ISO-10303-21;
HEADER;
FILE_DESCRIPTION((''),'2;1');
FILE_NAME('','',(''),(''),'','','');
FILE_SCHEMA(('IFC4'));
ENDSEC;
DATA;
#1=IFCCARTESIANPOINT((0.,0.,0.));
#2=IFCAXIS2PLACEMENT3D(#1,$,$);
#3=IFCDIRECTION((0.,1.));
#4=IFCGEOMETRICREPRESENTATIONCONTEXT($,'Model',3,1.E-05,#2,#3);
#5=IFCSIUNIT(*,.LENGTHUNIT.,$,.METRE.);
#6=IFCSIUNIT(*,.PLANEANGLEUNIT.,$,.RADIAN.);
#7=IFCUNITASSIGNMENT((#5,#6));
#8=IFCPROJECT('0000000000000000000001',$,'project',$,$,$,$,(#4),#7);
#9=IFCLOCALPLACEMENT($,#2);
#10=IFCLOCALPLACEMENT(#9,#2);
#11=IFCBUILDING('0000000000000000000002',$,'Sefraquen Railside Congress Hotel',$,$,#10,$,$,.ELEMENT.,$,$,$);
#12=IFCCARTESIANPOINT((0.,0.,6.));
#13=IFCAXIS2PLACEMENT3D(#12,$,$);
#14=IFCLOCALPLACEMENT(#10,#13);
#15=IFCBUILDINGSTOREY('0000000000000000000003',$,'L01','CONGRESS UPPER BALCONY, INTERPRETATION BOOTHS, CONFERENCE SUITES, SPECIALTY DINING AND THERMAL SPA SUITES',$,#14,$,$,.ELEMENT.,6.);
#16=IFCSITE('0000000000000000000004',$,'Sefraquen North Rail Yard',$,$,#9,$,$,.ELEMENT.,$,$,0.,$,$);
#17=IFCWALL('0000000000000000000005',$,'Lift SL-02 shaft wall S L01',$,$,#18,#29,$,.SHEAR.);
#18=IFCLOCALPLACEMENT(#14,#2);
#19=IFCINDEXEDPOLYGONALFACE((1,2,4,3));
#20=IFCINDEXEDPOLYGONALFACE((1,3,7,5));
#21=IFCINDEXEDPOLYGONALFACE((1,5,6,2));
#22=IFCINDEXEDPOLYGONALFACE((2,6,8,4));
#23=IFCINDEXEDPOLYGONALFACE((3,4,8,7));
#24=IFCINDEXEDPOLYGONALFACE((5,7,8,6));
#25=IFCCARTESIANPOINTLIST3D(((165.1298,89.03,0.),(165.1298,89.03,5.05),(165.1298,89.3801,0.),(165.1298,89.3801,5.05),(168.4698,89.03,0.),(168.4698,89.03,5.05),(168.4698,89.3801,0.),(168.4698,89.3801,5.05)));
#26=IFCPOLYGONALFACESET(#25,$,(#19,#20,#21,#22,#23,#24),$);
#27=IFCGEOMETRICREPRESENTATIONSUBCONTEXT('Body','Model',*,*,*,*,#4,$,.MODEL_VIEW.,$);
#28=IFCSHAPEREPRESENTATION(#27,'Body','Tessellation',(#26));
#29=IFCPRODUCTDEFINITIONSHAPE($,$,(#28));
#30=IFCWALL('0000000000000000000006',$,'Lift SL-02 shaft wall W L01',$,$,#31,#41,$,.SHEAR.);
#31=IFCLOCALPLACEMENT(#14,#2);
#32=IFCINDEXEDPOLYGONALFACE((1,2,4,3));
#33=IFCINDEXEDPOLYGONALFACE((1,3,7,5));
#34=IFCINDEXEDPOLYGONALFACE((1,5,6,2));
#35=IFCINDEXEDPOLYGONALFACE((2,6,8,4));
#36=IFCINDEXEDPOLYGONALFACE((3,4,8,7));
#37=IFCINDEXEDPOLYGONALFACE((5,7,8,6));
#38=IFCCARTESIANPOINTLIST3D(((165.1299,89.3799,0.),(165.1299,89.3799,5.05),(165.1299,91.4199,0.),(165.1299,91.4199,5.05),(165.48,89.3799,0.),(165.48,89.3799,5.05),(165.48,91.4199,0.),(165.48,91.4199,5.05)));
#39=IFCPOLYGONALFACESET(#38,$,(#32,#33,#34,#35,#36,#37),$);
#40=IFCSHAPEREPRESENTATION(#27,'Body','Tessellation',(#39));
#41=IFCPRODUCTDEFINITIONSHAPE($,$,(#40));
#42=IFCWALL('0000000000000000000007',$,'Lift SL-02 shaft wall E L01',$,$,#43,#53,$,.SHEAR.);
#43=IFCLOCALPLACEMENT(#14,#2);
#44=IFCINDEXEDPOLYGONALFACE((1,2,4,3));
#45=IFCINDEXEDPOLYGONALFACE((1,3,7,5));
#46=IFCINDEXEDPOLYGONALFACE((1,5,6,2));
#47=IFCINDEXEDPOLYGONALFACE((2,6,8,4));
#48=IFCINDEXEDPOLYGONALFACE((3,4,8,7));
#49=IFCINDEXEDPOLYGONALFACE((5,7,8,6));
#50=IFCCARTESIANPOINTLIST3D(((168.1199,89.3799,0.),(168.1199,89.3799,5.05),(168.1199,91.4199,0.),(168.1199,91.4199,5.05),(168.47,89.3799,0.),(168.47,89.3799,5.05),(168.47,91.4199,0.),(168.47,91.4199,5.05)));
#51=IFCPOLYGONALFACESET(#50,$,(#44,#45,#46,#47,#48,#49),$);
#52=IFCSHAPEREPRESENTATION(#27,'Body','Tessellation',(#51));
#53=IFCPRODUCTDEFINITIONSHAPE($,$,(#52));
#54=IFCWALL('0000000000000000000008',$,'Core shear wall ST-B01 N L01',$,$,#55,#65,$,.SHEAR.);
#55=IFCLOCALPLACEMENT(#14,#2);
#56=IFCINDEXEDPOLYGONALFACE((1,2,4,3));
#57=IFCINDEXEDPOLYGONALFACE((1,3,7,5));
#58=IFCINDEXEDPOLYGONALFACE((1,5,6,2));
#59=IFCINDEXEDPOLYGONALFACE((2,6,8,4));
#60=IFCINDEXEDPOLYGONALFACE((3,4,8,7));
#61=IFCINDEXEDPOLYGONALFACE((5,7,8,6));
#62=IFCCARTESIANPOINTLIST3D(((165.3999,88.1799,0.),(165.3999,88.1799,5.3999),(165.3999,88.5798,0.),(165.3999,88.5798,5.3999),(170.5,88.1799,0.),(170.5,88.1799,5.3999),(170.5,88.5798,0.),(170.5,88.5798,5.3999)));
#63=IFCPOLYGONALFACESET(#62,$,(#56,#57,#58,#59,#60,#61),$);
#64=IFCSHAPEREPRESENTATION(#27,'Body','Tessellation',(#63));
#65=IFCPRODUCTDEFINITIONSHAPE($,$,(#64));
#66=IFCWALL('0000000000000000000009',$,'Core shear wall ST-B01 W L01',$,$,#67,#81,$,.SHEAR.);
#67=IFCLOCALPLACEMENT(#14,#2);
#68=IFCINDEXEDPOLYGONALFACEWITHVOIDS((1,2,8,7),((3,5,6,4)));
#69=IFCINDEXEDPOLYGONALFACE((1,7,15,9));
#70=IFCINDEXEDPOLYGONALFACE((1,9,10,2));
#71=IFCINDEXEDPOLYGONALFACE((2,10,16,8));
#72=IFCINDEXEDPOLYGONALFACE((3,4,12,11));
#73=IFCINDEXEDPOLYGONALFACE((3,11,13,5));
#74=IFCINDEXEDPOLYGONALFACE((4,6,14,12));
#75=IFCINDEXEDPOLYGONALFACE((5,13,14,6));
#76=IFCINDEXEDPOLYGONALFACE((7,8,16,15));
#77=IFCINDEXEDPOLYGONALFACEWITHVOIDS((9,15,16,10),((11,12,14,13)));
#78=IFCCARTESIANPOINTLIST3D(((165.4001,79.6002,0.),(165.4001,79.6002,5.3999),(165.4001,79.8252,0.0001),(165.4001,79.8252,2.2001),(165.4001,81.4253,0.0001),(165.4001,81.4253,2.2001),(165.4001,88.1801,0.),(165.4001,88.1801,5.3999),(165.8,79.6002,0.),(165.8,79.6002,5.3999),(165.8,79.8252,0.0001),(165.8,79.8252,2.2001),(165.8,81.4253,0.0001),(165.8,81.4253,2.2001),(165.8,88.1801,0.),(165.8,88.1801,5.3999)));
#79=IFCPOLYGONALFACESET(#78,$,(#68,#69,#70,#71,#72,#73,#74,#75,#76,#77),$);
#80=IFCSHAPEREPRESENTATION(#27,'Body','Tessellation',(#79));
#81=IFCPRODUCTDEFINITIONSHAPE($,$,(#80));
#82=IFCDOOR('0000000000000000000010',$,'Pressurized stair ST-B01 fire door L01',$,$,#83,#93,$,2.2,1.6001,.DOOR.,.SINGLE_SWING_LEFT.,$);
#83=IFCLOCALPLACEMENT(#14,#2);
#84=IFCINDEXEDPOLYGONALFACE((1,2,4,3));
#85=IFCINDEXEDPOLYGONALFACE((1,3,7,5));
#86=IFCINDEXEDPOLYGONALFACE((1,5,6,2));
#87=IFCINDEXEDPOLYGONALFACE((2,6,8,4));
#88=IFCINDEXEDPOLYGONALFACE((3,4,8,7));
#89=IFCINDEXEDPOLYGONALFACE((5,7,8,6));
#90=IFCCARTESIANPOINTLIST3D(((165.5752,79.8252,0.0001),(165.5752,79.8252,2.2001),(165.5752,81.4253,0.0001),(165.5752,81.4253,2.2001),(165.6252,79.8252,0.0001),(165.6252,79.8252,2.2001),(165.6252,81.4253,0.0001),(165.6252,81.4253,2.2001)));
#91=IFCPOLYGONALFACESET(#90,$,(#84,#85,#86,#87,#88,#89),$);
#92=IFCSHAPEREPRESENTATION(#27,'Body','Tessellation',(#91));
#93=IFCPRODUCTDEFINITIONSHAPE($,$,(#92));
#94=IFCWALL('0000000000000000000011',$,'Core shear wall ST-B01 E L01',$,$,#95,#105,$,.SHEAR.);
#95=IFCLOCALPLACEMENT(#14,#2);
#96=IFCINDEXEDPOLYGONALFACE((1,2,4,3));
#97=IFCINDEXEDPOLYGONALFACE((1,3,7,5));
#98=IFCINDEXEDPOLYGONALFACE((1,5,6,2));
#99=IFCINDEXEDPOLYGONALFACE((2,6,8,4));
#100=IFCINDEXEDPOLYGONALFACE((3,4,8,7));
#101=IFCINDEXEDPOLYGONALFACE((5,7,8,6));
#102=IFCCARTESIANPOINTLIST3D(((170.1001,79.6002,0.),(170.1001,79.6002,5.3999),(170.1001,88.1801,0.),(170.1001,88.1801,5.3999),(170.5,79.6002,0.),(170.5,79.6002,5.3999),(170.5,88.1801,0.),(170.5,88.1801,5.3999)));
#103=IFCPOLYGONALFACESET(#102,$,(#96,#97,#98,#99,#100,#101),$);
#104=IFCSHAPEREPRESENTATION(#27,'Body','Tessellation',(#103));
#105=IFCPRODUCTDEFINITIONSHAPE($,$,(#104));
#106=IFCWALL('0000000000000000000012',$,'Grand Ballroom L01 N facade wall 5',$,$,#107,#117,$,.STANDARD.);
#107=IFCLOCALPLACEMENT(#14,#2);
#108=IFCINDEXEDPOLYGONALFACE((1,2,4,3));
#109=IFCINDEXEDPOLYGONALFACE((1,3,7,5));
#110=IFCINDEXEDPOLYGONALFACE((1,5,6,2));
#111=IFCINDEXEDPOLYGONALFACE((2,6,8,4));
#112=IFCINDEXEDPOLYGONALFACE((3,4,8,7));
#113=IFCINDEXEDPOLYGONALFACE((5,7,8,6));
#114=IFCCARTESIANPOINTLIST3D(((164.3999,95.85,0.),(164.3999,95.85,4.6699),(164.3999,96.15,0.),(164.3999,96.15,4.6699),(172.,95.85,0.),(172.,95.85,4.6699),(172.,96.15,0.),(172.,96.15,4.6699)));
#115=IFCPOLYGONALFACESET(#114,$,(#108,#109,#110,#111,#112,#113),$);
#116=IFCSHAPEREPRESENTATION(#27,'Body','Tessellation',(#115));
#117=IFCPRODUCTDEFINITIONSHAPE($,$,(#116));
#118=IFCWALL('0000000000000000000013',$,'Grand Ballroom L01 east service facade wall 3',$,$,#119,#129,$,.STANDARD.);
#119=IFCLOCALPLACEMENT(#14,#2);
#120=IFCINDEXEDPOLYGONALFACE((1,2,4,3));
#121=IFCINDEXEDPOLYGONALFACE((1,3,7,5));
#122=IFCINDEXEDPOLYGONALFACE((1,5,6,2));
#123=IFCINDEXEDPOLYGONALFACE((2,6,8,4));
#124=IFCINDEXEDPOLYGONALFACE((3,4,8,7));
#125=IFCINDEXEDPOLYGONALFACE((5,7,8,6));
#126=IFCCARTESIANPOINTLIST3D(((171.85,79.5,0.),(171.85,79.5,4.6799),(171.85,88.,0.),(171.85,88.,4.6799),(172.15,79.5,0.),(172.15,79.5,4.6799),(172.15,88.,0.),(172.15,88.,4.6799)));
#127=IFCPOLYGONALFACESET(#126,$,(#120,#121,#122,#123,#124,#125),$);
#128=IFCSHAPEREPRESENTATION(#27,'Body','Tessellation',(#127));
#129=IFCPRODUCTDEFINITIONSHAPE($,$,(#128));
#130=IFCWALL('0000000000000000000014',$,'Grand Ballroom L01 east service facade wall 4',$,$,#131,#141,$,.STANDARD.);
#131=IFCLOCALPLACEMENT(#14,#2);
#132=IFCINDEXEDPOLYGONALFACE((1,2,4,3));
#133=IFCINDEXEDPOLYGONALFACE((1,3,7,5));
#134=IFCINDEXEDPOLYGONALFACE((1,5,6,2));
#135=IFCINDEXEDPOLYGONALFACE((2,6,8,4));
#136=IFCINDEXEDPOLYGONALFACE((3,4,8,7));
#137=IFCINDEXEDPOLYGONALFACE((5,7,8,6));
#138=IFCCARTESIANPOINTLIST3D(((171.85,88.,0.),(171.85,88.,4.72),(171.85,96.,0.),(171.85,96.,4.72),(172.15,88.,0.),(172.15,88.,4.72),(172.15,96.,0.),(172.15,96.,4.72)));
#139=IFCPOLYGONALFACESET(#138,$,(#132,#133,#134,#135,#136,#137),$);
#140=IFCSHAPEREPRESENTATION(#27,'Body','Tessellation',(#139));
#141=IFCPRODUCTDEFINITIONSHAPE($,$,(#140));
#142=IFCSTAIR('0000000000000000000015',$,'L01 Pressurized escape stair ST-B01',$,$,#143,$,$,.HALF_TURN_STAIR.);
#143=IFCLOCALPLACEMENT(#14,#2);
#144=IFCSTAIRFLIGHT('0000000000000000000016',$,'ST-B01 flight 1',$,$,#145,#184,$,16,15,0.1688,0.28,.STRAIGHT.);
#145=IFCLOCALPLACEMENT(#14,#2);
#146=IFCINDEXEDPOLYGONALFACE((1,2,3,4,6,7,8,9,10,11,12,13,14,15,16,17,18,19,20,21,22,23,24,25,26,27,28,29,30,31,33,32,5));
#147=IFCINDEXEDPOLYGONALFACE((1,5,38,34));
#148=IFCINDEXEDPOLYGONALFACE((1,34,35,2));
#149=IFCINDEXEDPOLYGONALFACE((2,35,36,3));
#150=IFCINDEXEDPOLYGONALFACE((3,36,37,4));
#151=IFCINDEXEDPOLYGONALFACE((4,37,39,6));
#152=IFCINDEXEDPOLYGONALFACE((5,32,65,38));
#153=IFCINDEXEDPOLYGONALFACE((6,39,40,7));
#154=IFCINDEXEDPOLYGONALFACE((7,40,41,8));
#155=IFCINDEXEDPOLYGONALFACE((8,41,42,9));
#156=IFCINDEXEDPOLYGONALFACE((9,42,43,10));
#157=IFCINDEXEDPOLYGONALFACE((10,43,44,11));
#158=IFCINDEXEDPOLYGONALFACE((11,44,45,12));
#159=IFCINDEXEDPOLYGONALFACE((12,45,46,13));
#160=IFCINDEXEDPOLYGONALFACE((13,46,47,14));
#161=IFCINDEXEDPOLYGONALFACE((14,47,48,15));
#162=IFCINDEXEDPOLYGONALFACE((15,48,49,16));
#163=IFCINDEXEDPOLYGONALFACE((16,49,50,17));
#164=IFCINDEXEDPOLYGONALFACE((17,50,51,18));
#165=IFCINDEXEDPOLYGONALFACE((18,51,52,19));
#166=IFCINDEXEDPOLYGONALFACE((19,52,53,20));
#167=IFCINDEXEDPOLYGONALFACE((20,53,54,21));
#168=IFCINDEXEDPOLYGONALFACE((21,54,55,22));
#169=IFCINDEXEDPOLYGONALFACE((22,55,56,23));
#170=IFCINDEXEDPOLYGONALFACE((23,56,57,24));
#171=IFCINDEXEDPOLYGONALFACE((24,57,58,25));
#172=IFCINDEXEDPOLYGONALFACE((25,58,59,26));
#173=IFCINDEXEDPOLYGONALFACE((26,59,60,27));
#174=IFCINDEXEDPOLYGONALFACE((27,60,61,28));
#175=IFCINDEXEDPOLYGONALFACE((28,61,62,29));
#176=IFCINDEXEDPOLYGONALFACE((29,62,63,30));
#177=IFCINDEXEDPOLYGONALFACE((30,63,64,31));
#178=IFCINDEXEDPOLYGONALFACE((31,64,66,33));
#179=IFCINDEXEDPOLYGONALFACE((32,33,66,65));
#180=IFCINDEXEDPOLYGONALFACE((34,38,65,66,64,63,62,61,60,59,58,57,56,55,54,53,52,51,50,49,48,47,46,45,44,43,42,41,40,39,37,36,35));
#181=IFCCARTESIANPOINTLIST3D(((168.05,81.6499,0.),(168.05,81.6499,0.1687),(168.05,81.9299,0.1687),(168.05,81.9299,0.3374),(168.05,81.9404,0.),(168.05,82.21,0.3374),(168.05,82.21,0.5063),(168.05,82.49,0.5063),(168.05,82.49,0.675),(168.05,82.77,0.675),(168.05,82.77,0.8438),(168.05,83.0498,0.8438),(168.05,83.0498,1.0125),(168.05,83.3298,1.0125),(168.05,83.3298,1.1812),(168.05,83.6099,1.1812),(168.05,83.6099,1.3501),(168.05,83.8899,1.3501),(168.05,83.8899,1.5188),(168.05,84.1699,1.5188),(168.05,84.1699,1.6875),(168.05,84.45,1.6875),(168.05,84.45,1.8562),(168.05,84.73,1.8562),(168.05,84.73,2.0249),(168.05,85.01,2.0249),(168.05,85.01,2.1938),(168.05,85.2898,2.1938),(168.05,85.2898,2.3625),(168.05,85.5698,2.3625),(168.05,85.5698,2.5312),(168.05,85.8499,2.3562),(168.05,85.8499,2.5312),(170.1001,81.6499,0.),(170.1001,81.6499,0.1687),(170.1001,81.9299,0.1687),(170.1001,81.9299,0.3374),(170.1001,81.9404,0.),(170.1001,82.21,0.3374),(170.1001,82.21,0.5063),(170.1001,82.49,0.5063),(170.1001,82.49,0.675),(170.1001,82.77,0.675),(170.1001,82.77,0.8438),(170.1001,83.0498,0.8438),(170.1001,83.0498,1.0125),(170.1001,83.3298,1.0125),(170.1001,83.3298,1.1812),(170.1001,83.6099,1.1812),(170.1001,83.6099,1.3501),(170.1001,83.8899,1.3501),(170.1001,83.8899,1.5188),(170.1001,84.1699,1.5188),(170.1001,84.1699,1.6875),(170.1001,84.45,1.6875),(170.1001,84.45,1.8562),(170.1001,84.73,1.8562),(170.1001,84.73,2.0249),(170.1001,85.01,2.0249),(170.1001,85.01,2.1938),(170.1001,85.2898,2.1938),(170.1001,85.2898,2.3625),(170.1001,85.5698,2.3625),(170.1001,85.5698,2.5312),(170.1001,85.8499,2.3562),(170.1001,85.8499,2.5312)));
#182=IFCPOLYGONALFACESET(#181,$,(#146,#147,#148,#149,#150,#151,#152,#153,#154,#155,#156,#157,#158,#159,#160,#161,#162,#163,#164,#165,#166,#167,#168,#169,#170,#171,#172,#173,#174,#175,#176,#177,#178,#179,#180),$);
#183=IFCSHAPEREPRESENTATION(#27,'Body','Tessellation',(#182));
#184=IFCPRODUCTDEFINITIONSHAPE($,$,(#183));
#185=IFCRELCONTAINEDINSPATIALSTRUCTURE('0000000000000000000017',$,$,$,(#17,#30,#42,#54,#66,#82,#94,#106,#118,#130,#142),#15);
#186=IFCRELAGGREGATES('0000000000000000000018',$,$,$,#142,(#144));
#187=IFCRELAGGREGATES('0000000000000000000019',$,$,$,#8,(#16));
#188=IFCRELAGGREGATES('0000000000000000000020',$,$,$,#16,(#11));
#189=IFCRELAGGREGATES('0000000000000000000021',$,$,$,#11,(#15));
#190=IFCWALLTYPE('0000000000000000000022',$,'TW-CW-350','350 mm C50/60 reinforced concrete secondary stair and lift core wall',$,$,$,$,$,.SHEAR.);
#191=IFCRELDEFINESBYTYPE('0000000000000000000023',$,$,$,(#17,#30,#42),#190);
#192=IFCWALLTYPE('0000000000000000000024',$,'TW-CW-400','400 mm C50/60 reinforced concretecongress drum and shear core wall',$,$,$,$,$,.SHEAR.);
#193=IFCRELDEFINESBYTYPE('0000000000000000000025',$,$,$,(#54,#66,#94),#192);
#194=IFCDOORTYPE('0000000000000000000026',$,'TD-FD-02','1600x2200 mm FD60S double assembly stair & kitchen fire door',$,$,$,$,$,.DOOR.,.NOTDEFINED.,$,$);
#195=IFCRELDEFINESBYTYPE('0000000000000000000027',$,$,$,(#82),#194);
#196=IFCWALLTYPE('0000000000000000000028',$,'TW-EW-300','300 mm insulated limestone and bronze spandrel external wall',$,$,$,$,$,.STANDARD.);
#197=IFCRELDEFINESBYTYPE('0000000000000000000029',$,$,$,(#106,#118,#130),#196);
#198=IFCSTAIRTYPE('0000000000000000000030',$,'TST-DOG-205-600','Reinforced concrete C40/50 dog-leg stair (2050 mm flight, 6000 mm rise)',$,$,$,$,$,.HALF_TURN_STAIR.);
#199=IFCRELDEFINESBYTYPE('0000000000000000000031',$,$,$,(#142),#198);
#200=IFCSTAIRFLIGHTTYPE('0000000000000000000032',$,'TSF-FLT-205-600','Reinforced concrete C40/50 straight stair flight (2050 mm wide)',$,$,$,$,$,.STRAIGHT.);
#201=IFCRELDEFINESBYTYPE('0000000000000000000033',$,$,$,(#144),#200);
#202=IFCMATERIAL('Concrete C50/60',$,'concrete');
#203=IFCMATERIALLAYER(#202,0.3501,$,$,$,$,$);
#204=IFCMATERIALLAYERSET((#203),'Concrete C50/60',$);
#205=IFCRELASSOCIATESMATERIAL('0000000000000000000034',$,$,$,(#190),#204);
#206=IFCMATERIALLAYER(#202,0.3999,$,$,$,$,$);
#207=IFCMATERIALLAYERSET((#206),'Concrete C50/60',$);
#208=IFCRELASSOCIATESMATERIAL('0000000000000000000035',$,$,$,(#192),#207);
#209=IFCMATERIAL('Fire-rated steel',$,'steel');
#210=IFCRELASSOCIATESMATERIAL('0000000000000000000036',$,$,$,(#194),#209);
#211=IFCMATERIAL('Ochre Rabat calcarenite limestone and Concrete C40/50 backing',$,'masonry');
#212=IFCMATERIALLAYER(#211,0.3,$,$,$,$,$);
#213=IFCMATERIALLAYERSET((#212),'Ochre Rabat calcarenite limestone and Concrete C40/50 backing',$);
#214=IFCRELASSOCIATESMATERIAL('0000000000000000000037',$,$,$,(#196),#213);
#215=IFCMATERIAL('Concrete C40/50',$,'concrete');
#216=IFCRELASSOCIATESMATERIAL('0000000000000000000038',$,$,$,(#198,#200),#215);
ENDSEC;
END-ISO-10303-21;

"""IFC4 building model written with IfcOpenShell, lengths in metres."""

from ifc_helpers import new_model, si_unit, direction, frame, frame_2d, origin, place, context, subcontext, project, spatial, polyline, rectangle, outline, extrude, material, layer, layer_set, type_object, element, fill, aggregate, save


model = new_model("IFC4")

# Units and contexts
model_context = context("Model", 3, precision=1e-05, world=origin(), true_north=direction((0.0, 1.0)))
body_context = subcontext(model_context, "Body", "Model", "MODEL_VIEW")
ifc_project = project(units=[si_unit("LENGTHUNIT", "METRE"), si_unit("PLANEANGLEUNIT", "RADIAN")], contexts=[model_context])

# Site, building, storey
site_placement = place(None, origin())
site = spatial("IfcSite", under=ifc_project, at=site_placement, Name="Sefraquen North Rail Yard", CompositionType="ELEMENT", RefElevation=0.0)
building_placement = place(site_placement, origin())
building = spatial("IfcBuilding", under=site, at=building_placement, Name="Sefraquen Railside Congress Hotel", CompositionType="ELEMENT")
storey_placement = place(building_placement, frame((0.0, 0.0, 6.0)))
storey = spatial("IfcBuildingStorey", under=building, at=storey_placement, Name="L01", Description="CONGRESS UPPER BALCONY, INTERPRETATION BOOTHS, CONFERENCE SUITES, SPECIALTY DINING AND THERMAL SPA SUITES", CompositionType="ELEMENT", Elevation=6.0)

# Shared definitions
ifc_material_1 = material(Name="Concrete C50/60", Category="concrete")
ifc_layer_1 = layer(ifc_material_1, 0.3501)
ifc_layer_set_1 = layer_set([ifc_layer_1], Name="Concrete C50/60")
wall_type_1 = type_object("IfcWallType", Name="TW-CW-350", Description="350 mm C50/60 reinforced concrete secondary stair and lift core wall", PredefinedType="SHEAR", material=ifc_layer_set_1)

# Walls
wall_1_placement = place(storey_placement, frame((165.1299, 89.2051, 0.0), z_axis=(0.0, 0.0, 1.0), x_axis=(1.0, 0.0, 0.0)))
element("IfcWall", 1, at=wall_1_placement, inside=storey, type_object=wall_type_1, Name="Lift SL-02 shaft wall S L01", PredefinedType="SHEAR", context=body_context, shape_type="SweptSolid", body=[
    extrude(rectangle(XDim=3.3401, YDim=0.3501, at=frame_2d((1.6699, 0.0))), origin(), (0.0, 0.0, 1.0), 5.05),
])
for number, where, z_axis, x_axis, name in (
    (2, (165.3049, 89.3799, 0.0), (0.0, 0.0, 1.0), (0.0, 1.0, 0.0), "Lift SL-02 shaft wall W L01"),
    (3, (168.2949, 89.3799, 0.0), (0.0, 0.0, 1.0), (0.0, 1.0, 0.0), "Lift SL-02 shaft wall E L01"),
):
    element("IfcWall", number, at=place(storey_placement, frame(where, z_axis=z_axis, x_axis=x_axis)), inside=storey, type_object=wall_type_1, Name=name, PredefinedType="SHEAR", context=body_context, shape_type="SweptSolid", body=[
        extrude(rectangle(XDim=2.04, YDim=0.3501, at=frame_2d((1.02, 0.0))), origin(), (0.0, 0.0, 1.0), 5.05),
    ])
ifc_layer_2 = layer(ifc_material_1, 0.3999)
ifc_layer_set_2 = layer_set([ifc_layer_2], Name="Concrete C50/60")
wall_type_2 = type_object("IfcWallType", Name="TW-CW-400", Description="400 mm C50/60 reinforced concretecongress drum and shear core wall", PredefinedType="SHEAR", material=ifc_layer_set_2)
wall_2_placement = place(storey_placement, frame((165.3999, 88.3799, 0.0), z_axis=(0.0, 0.0, 1.0), x_axis=(1.0, 0.0, 0.0)))
element("IfcWall", 4, at=wall_2_placement, inside=storey, type_object=wall_type_2, Name="Core shear wall ST-B01 N L01", PredefinedType="SHEAR", context=body_context, shape_type="SweptSolid", body=[
    extrude(rectangle(XDim=5.1001, YDim=0.3999, at=frame_2d((2.55, 0.0))), origin(), (0.0, 0.0, 1.0), 5.3999),
])

# Wall, opening, door
wall_3_placement = place(storey_placement, frame((165.6001, 79.6001, 0.0), z_axis=(0.0, 0.0, 1.0), x_axis=(0.0, 1.0, 0.0)))
wall_3 = element("IfcWall", 5, at=wall_3_placement, inside=storey, type_object=wall_type_2, Name="Core shear wall ST-B01 W L01", PredefinedType="SHEAR", context=body_context, shape_type="SweptSolid", body=[
    extrude(rectangle(XDim=8.5798, YDim=0.3999, at=frame_2d((4.29, 0.0))), origin(), (0.0, 0.0, 1.0), 5.3999),
])
opening_1_placement = place(wall_3_placement, frame((0.2251, 0.0, 0.0)))
opening_1 = element("IfcOpeningElement", 6, at=opening_1_placement, cuts=wall_3, PredefinedType="OPENING", context=body_context, shape_type="SweptSolid", body=[
    extrude(rectangle(XDim=1.6001, YDim=2.2, at=frame_2d((0.8, 1.1001))), frame((0.0, 0.21, 0.0), z_axis=(0.0, -1.0, 0.0), x_axis=(1.0, 0.0, 0.0)), (0.0, 0.0, 1.0), 0.4199),
])
ifc_material_2 = material(Name="Fire-rated steel", Category="steel")
door_type_1 = type_object("IfcDoorType", Name="TD-FD-02", Description="1600x2200 mm FD60S double assembly stair & kitchen fire door", OperationType="NOTDEFINED", PredefinedType="DOOR", material=ifc_material_2)
door_1_placement = place(opening_1_placement, origin())
door_1 = element("IfcDoor", 7, at=door_1_placement, inside=storey, type_object=door_type_1, Name="Pressurized stair ST-B01 fire door L01", OperationType="SINGLE_SWING_LEFT", OverallHeight=2.2, OverallWidth=1.6001, PredefinedType="DOOR", context=body_context, shape_type="SweptSolid", body=[
    extrude(rectangle(XDim=1.6001, YDim=2.2, at=frame_2d((0.8, 1.1001))), frame((0.0, 0.0249, 0.0), z_axis=(0.0, -1.0, 0.0), x_axis=(1.0, 0.0, 0.0)), (0.0, 0.0, 1.0), 0.05),
])
fill(opening_1, door_1)

# Walls
wall_4_placement = place(storey_placement, frame((170.3, 79.6001, 0.0), z_axis=(0.0, 0.0, 1.0), x_axis=(0.0, 1.0, 0.0)))
element("IfcWall", 8, at=wall_4_placement, inside=storey, type_object=wall_type_2, Name="Core shear wall ST-B01 E L01", PredefinedType="SHEAR", context=body_context, shape_type="SweptSolid", body=[
    extrude(rectangle(XDim=8.5798, YDim=0.3999, at=frame_2d((4.29, 0.0))), origin(), (0.0, 0.0, 1.0), 5.3999),
])
ifc_material_3 = material(Name="Ochre Rabat calcarenite limestone and Concrete C40/50 backing", Category="masonry")
ifc_layer_3 = layer(ifc_material_3, 0.3)
ifc_layer_set_3 = layer_set([ifc_layer_3], Name="Ochre Rabat calcarenite limestone and Concrete C40/50 backing")
wall_type_3 = type_object("IfcWallType", Name="TW-EW-300", Description="300 mm insulated limestone and bronze spandrel external wall", PredefinedType="STANDARD", material=ifc_layer_set_3)
wall_5_placement = place(storey_placement, frame((164.3999, 96.0, 0.0), z_axis=(0.0, 0.0, 1.0), x_axis=(1.0, 0.0, 0.0)))
element("IfcWall", 9, at=wall_5_placement, inside=storey, type_object=wall_type_3, Name="Grand Ballroom L01 N facade wall 5", PredefinedType="STANDARD", context=body_context, shape_type="SweptSolid", body=[
    extrude(rectangle(XDim=7.6001, YDim=0.3, at=frame_2d((3.8, 0.0))), origin(), (0.0, 0.0, 1.0), 4.6699),
])
wall_6_placement = place(storey_placement, frame((172.0, 79.5, 0.0), z_axis=(0.0, 0.0, 1.0), x_axis=(0.0, 1.0, 0.0)))
element("IfcWall", 10, at=wall_6_placement, inside=storey, type_object=wall_type_3, Name="Grand Ballroom L01 east service facade wall 3", PredefinedType="STANDARD", context=body_context, shape_type="SweptSolid", body=[
    extrude(rectangle(XDim=8.5, YDim=0.3, at=frame_2d((4.25, 0.0))), origin(), (0.0, 0.0, 1.0), 4.6799),
])
wall_7_placement = place(storey_placement, frame((172.0, 88.0, 0.0), z_axis=(0.0, 0.0, 1.0), x_axis=(0.0, 1.0, 0.0)))
element("IfcWall", 11, at=wall_7_placement, inside=storey, type_object=wall_type_3, Name="Grand Ballroom L01 east service facade wall 4", PredefinedType="STANDARD", context=body_context, shape_type="SweptSolid", body=[
    extrude(rectangle(XDim=8.0, YDim=0.3, at=frame_2d((4.0, 0.0))), origin(), (0.0, 0.0, 1.0), 4.72),
])

# Stair, stair flight
ifc_material_4 = material(Name="Concrete C40/50", Category="concrete")
stair_type = type_object("IfcStairType", Name="TST-DOG-205-600", Description="Reinforced concrete C40/50 dog-leg stair (2050 mm flight, 6000 mm rise)", PredefinedType="HALF_TURN_STAIR", material=ifc_material_4)
stair_placement = place(storey_placement, origin())
stair = element("IfcStair", 12, at=stair_placement, inside=storey, type_object=stair_type, Name="L01 Pressurized escape stair ST-B01", PredefinedType="HALF_TURN_STAIR")
stair_flight_type = type_object("IfcStairFlightType", Name="TSF-FLT-205-600", Description="Reinforced concrete C40/50 straight stair flight (2050 mm wide)", PredefinedType="STRAIGHT", material=ifc_material_4)
stair_flight_1_placement = place(storey_placement, frame((169.075, 81.6499, 0.0), z_axis=(0.0, 0.0, 1.0), x_axis=(0.0, 1.0, 0.0)))
stair_flight_1 = element("IfcStairFlight", 13, at=stair_flight_1_placement, type_object=stair_flight_type, Name="ST-B01 flight 1", NumberOfRisers=16, NumberOfTreads=15, PredefinedType="STRAIGHT", RiserHeight=0.1688, TreadLength=0.28, context=body_context, shape_type="SweptSolid", body=[
    extrude(outline(polyline([(0.0, 0.0), (0.0, 0.1687), (0.28, 0.1687), (0.28, 0.3374), (0.5601, 0.3374), (0.5601, 0.5063), (0.8401, 0.5063), (0.8401, 0.675), (1.1201, 0.675), (1.1201, 0.8438), (1.3999, 0.8438), (1.3999, 1.0125), (1.6799, 1.0125), (1.6799, 1.1812), (1.96, 1.1812), (1.96, 1.3501), (2.24, 1.3501), (2.24, 1.5188), (2.52, 1.5188), (2.52, 1.6875), (2.8, 1.6875), (2.8, 1.8562), (3.0801, 1.8562), (3.0801, 2.0249), (3.3601, 2.0249), (3.3601, 2.1938), (3.6399, 2.1938), (3.6399, 2.3625), (3.9199, 2.3625), (3.9199, 2.5312), (4.2, 2.5312), (4.2, 2.7), (4.2, 2.3562), (0.2905, 0.0), (0.0, 0.0)])), frame((0.0, 1.0249, 0.0), z_axis=(0.0, -1.0, 0.0), x_axis=(1.0, 0.0, 0.0)), (0.0, 0.0, 1.0), 2.05),
])
aggregate(stair, [stair_flight_1])

save(model, "model.ifc")
